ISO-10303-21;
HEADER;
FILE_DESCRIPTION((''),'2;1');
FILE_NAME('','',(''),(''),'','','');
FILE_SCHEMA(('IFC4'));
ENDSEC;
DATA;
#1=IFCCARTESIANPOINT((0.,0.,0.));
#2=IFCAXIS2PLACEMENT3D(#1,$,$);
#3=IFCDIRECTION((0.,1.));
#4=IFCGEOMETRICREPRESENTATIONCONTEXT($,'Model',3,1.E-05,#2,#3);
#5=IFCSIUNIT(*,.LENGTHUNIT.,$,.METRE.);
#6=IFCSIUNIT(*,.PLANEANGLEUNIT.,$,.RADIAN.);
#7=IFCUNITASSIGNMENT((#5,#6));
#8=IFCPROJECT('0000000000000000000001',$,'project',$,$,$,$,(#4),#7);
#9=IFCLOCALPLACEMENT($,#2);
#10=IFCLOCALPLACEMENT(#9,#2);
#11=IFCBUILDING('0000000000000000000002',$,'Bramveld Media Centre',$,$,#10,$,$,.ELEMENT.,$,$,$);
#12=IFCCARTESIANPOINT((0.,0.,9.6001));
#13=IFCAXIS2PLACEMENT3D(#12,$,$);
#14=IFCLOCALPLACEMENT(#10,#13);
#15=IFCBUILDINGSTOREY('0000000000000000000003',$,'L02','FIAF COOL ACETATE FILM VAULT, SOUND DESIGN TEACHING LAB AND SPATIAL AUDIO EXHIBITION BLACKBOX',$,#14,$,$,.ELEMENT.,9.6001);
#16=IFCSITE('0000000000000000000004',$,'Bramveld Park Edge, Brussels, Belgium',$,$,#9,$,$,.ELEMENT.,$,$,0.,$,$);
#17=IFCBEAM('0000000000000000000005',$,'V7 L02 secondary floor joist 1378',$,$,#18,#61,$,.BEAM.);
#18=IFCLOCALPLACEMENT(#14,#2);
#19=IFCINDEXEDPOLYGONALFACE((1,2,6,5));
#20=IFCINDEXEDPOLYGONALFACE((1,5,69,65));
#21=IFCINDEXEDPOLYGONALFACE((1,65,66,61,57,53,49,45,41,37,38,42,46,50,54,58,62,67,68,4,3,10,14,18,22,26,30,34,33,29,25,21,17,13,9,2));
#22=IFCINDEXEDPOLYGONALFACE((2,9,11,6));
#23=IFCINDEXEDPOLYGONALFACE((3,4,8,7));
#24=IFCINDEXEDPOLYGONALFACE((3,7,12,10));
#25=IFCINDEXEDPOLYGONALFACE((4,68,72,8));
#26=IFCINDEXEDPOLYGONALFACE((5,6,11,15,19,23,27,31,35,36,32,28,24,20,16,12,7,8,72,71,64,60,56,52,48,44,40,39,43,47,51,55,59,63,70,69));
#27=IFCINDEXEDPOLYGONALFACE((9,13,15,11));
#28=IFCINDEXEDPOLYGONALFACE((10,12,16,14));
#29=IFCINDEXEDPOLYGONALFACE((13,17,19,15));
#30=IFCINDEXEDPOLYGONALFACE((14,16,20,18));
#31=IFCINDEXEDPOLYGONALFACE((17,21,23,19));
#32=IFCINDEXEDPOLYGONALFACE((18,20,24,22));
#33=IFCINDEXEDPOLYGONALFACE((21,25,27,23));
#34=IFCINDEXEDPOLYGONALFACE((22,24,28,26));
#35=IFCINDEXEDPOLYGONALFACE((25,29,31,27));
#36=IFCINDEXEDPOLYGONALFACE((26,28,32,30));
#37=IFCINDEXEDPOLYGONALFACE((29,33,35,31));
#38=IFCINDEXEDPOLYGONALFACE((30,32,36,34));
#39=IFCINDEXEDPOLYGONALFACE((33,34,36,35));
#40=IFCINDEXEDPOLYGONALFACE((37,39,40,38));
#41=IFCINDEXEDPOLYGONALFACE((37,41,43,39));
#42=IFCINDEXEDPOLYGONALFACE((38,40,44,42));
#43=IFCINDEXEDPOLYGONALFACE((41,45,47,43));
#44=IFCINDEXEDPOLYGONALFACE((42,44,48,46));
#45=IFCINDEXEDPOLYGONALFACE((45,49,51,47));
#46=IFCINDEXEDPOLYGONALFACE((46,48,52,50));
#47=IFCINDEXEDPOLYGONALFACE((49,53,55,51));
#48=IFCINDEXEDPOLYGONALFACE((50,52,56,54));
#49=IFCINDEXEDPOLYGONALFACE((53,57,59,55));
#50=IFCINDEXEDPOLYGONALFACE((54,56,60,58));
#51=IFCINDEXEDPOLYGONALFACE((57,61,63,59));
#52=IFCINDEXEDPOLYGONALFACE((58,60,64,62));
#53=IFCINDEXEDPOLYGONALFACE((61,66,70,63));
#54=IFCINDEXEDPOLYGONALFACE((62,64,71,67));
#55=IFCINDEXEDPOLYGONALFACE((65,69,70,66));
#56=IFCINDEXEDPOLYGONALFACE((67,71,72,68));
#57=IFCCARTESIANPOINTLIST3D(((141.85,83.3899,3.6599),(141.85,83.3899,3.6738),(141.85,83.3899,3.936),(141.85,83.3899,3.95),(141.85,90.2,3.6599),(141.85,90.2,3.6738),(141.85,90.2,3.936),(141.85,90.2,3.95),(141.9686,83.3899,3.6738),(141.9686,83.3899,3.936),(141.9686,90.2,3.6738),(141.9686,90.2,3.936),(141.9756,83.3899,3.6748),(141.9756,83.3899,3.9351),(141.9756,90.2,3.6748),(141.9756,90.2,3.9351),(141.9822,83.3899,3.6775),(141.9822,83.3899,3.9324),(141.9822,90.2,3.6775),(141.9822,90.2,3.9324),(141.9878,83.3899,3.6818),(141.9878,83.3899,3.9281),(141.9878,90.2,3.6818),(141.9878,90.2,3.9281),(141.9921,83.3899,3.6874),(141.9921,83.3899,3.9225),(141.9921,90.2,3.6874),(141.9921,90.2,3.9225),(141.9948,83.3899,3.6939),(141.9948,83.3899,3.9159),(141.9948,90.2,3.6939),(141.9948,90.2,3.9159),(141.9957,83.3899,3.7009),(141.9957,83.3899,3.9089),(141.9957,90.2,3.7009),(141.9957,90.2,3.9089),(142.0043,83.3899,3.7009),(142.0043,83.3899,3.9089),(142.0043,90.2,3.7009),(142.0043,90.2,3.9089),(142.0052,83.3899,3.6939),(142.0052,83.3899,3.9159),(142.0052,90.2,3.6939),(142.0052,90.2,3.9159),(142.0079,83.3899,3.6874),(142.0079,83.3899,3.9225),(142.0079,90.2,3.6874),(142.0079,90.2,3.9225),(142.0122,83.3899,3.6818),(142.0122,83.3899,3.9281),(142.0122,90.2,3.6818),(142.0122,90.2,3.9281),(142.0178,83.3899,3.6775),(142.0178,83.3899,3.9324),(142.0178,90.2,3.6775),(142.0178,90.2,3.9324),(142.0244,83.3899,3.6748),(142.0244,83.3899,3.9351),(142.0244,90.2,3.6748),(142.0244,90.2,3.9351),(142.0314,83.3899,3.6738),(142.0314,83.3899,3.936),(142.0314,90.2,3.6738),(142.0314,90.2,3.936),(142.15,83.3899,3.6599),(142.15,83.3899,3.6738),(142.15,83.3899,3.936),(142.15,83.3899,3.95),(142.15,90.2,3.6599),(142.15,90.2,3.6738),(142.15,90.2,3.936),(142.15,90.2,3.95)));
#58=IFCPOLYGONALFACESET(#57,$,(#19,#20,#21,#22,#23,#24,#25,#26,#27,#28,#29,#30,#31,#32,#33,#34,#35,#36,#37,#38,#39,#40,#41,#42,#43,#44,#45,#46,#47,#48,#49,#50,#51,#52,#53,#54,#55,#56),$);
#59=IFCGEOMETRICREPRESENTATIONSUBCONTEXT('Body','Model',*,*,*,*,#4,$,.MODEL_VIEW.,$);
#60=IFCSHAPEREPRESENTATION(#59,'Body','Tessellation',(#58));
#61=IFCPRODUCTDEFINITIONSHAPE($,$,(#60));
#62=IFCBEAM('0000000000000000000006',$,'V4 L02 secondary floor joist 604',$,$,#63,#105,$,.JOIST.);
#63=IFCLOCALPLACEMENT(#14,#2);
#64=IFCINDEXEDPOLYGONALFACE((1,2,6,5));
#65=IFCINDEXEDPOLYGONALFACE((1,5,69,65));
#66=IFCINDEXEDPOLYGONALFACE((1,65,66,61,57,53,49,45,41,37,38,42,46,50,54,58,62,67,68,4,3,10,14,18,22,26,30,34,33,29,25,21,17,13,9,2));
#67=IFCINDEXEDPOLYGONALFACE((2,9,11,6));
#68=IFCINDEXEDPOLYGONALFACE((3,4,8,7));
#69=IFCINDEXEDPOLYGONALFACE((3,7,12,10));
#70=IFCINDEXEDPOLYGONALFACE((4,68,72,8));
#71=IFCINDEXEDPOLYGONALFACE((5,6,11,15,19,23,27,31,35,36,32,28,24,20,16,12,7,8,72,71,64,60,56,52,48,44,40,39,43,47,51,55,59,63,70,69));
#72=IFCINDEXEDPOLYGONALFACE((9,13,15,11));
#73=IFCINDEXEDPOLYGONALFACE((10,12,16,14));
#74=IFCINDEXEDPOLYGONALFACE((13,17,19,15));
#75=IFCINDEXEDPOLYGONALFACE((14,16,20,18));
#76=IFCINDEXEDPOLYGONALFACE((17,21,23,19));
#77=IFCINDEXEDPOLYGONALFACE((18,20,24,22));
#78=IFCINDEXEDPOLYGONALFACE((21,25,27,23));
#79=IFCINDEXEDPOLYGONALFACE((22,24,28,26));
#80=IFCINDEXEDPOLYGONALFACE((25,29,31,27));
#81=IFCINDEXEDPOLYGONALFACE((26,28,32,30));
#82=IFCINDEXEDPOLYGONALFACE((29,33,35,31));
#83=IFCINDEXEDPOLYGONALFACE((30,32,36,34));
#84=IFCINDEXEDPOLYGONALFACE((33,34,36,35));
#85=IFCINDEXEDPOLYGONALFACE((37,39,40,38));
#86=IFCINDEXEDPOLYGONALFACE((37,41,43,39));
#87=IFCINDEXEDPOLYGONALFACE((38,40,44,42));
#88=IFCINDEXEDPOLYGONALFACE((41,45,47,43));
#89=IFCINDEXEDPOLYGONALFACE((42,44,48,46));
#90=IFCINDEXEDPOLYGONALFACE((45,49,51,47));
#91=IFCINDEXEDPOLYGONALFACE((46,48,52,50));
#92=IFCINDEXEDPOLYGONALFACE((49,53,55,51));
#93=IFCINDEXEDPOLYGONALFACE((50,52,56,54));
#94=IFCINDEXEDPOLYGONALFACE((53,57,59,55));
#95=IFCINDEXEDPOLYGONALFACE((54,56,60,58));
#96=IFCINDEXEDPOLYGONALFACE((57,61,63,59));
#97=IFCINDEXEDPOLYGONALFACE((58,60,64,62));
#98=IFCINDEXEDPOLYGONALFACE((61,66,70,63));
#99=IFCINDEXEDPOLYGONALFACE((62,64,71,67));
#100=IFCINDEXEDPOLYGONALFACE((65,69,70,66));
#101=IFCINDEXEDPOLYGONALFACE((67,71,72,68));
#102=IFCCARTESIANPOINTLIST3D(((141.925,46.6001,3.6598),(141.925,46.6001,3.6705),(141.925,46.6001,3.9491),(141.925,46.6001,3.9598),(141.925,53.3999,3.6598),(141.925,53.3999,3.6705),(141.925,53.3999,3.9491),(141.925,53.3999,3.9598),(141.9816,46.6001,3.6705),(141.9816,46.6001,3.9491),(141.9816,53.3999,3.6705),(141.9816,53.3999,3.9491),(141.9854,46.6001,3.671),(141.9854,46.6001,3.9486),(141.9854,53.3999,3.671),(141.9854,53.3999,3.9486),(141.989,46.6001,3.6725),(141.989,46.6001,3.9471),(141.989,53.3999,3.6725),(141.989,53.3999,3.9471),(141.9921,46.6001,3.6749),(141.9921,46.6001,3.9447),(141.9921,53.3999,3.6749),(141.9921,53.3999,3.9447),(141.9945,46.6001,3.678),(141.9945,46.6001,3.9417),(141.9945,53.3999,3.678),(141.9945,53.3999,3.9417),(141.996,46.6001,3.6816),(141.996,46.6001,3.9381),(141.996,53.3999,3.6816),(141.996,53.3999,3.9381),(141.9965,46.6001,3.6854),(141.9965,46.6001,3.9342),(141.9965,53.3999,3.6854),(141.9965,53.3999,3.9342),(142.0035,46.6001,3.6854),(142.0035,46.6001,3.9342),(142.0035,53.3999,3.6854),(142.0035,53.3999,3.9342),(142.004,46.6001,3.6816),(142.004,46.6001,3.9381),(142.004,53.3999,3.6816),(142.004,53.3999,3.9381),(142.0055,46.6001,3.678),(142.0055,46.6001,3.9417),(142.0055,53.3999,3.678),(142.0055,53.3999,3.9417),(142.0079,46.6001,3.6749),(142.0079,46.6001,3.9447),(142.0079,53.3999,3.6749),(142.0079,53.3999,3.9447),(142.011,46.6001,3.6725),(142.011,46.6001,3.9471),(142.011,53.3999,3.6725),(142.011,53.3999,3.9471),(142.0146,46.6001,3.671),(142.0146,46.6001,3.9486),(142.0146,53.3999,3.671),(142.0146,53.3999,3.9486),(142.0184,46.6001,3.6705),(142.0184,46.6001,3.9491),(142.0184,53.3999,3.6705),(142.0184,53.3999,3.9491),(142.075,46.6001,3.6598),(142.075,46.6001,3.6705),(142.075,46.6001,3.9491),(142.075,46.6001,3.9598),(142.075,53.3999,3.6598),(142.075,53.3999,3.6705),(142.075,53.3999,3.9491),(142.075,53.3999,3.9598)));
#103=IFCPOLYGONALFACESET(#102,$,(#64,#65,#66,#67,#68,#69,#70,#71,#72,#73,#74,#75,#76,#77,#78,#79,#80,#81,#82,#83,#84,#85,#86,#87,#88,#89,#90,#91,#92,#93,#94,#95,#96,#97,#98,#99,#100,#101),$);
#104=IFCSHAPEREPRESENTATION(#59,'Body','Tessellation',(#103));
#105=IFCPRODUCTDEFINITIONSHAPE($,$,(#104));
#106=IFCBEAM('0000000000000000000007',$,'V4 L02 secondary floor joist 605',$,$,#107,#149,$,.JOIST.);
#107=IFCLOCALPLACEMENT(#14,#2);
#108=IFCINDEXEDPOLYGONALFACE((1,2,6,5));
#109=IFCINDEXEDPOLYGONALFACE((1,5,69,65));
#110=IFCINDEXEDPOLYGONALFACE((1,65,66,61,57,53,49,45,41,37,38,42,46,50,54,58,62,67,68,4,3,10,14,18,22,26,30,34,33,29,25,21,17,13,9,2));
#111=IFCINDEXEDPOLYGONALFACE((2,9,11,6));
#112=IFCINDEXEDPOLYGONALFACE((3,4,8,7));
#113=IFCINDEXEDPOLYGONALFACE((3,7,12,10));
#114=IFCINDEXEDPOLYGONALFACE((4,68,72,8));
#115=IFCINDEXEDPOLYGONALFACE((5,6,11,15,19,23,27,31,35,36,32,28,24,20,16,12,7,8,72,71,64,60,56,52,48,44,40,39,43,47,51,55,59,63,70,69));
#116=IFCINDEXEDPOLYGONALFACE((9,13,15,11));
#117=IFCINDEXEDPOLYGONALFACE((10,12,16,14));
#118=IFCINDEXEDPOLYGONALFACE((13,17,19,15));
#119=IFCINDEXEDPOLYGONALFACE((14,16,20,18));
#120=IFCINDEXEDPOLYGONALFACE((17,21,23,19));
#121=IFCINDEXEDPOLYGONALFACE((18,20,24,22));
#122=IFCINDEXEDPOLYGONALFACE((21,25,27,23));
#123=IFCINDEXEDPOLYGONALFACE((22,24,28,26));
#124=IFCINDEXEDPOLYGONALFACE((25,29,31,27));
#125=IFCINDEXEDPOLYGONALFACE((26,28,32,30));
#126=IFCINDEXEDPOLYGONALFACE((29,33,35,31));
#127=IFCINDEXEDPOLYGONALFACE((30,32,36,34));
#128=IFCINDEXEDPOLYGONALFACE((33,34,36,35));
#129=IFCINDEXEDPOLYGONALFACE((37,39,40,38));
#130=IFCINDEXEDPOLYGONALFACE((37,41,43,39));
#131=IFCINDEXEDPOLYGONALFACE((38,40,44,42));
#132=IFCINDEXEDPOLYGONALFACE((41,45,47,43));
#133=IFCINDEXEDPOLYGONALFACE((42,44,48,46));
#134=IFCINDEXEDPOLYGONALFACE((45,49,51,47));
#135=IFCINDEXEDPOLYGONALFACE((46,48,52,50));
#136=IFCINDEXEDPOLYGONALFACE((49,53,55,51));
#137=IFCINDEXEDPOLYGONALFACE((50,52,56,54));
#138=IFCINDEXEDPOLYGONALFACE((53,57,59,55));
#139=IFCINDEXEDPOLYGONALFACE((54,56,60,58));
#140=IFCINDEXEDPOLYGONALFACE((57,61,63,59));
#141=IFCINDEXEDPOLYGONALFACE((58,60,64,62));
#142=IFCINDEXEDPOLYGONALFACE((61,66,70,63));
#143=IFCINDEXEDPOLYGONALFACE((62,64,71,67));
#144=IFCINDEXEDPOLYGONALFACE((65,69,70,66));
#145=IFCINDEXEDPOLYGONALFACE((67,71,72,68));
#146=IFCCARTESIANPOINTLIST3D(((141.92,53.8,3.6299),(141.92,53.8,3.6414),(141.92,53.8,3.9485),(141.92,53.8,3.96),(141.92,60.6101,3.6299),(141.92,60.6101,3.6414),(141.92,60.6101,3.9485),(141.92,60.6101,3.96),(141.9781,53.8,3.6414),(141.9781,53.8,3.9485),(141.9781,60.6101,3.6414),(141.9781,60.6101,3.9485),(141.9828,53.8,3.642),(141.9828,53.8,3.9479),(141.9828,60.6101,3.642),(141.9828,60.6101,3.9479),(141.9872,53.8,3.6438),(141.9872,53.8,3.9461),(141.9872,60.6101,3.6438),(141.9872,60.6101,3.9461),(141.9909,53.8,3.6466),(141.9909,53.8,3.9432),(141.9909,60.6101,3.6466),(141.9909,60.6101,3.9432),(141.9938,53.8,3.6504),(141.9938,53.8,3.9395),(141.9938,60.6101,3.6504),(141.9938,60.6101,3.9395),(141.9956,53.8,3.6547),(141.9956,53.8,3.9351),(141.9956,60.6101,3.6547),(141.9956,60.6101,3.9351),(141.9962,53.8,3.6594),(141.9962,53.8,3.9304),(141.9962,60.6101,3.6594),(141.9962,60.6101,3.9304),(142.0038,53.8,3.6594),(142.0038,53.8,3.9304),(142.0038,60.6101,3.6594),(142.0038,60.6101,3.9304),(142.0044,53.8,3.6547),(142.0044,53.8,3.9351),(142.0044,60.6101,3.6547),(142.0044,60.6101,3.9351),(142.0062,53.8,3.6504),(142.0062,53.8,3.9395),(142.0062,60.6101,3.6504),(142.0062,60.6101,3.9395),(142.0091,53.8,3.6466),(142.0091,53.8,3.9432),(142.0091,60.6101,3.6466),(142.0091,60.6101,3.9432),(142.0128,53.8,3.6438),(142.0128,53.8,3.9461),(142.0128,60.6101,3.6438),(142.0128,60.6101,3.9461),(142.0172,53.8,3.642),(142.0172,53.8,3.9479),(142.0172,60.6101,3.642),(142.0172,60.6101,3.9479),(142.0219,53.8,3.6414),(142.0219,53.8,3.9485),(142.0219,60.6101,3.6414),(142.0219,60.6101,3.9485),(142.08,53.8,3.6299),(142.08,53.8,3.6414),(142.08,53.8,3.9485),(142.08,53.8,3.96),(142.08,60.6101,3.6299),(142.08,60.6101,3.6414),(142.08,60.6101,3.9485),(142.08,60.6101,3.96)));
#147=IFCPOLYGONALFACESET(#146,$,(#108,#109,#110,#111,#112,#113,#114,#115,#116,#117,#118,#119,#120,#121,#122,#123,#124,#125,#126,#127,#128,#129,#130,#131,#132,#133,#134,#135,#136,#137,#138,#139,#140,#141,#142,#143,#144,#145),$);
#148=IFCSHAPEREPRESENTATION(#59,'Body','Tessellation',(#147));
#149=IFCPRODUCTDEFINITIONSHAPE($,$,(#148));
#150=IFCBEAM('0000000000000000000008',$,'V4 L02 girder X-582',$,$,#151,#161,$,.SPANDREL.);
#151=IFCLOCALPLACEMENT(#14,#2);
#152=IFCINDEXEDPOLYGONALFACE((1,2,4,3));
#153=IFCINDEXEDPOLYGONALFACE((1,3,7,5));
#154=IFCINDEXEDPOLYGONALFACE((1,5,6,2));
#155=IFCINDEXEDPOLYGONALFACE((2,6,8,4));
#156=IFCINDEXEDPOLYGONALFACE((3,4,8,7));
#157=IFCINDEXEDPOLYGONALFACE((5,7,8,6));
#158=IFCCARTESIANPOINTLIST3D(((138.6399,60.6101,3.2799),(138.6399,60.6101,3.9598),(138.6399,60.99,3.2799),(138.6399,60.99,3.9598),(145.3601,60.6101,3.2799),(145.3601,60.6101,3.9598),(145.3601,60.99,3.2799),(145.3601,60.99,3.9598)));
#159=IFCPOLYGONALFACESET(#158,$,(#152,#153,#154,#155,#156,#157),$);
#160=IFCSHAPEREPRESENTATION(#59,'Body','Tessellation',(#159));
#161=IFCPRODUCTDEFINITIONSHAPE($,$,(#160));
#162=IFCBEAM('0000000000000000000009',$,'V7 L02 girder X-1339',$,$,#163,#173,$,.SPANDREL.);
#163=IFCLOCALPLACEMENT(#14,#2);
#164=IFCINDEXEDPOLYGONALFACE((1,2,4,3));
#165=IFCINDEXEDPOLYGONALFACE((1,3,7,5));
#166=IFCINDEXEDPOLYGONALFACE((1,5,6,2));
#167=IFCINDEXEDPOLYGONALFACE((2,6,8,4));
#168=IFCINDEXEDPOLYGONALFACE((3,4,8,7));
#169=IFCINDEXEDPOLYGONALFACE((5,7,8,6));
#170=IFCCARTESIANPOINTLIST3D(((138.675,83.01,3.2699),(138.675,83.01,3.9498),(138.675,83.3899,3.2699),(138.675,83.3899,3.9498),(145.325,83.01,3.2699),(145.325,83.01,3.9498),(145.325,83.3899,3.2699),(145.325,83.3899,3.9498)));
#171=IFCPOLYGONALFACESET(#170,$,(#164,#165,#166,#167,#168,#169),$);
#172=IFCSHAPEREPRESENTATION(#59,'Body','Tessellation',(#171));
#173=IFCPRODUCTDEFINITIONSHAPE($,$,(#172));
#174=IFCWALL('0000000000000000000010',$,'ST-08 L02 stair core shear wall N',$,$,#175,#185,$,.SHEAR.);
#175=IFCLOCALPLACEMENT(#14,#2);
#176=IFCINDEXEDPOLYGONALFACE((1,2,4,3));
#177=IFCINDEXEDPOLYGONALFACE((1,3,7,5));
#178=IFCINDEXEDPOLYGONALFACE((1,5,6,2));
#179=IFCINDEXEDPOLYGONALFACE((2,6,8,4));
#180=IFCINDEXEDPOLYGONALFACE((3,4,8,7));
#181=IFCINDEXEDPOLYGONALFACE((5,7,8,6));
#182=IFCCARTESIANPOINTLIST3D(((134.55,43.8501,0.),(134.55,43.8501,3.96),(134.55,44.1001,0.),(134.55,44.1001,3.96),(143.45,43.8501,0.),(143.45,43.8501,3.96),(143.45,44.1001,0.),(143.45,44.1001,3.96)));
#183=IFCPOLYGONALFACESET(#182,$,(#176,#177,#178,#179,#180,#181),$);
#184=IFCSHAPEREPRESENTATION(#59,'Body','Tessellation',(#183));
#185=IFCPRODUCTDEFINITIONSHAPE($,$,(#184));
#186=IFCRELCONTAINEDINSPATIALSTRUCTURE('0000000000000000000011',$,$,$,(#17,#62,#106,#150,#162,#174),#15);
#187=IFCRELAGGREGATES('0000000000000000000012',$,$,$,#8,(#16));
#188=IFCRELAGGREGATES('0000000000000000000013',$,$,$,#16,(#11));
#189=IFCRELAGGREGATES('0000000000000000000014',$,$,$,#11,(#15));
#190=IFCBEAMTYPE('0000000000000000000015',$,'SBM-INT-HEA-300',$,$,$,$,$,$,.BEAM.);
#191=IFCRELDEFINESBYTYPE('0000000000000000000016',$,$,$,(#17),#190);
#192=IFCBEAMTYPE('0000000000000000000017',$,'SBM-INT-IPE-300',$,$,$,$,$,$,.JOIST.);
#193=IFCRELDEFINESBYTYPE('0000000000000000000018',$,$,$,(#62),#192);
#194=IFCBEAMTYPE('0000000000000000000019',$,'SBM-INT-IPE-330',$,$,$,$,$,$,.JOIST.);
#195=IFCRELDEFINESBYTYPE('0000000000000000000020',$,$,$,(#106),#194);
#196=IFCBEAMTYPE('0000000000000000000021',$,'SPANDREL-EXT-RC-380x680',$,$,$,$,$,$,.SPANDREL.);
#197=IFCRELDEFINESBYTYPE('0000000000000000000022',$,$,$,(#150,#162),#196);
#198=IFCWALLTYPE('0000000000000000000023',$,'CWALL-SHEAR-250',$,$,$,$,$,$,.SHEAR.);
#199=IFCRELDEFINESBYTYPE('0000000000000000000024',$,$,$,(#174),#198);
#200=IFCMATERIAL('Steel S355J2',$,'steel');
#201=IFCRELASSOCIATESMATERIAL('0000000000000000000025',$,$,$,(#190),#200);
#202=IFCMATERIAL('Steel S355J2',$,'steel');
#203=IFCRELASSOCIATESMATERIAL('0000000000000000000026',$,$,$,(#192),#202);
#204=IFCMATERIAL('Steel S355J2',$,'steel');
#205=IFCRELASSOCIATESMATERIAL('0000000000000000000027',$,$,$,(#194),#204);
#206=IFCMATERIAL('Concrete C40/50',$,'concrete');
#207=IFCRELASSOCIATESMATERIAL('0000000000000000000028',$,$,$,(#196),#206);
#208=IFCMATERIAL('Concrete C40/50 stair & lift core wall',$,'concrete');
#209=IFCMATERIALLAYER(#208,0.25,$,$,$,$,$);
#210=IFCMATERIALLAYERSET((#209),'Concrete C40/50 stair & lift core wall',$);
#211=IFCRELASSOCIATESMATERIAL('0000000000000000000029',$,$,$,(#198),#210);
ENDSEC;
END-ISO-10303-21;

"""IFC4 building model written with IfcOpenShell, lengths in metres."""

from ifc_helpers import new_model, si_unit, direction, frame, frame_2d, origin, origin_2d, place, context, subcontext, project, spatial, rectangle, i_section, extrude, material, layer, layer_set, material_profile, profile_set, type_object, element, save


model = new_model("IFC4")

# Units and contexts
model_context = context("Model", 3, precision=1e-05, world=origin(), true_north=direction((0.0, 1.0)))
body_context = subcontext(model_context, "Body", "Model", "MODEL_VIEW")
ifc_project = project(units=[si_unit("LENGTHUNIT", "METRE"), si_unit("PLANEANGLEUNIT", "RADIAN")], contexts=[model_context])

# Site, building, storey
site_placement = place(None, origin())
site = spatial("IfcSite", under=ifc_project, at=site_placement, Name="Bramveld Park Edge, Brussels, Belgium", CompositionType="ELEMENT", RefElevation=0.0)
building_placement = place(site_placement, origin())
building = spatial("IfcBuilding", under=site, at=building_placement, Name="Bramveld Media Centre", CompositionType="ELEMENT")
storey_placement = place(building_placement, frame((0.0, 0.0, 9.6001)))
storey = spatial("IfcBuildingStorey", under=building, at=storey_placement, Name="L02", Description="FIAF COOL ACETATE FILM VAULT, SOUND DESIGN TEACHING LAB AND SPATIAL AUDIO EXHIBITION BLACKBOX", CompositionType="ELEMENT", Elevation=9.6001)

# Beams
ifc_material_1 = material(Name="Steel S355J2", Category="steel")
ifc_material_profile_1 = material_profile(ifc_material_1, i_section(OverallWidth=0.3, OverallDepth=0.29, WebThickness=0.0085, FlangeThickness=0.0139, FilletRadius=0.0271, at=origin_2d()), Name="HEA 300")
ifc_profile_set_1 = profile_set([ifc_material_profile_1], Name="Steel S355J2")
beam_type_1 = type_object("IfcBeamType", Name="SBM-INT-HEA-300", PredefinedType="BEAM", material=ifc_profile_set_1)
beam_1_placement = place(storey_placement, frame((142.0, 83.3899, 3.8049), z_axis=(0.0, 1.0, 0.0), x_axis=(-1.0, 0.0, 0.0)))
element("IfcBeam", 1, at=beam_1_placement, inside=storey, type_object=beam_type_1, Name="V7 L02 secondary floor joist 1378", PredefinedType="BEAM", context=body_context, shape_type="SweptSolid", body=[
    extrude(i_section(OverallWidth=0.3, OverallDepth=0.29, WebThickness=0.0085, FlangeThickness=0.0139, FilletRadius=0.0271, at=origin_2d()), origin(), (0.0, 0.0, 1.0), 6.8101),
])
ifc_material_2 = material(Name="Steel S355J2", Category="steel")
ifc_material_profile_2 = material_profile(ifc_material_2, i_section(OverallWidth=0.1499, OverallDepth=0.3, WebThickness=0.0071, FlangeThickness=0.0107, FilletRadius=0.0149, at=origin_2d()), Name="IPE 300")
ifc_profile_set_2 = profile_set([ifc_material_profile_2], Name="Steel S355J2")
beam_type_2 = type_object("IfcBeamType", Name="SBM-INT-IPE-300", PredefinedType="JOIST", material=ifc_profile_set_2)
beam_2_placement = place(storey_placement, frame((142.0, 46.6001, 3.8098), z_axis=(0.0, 1.0, 0.0), x_axis=(-1.0, 0.0, 0.0)))
element("IfcBeam", 2, at=beam_2_placement, inside=storey, type_object=beam_type_2, Name="V4 L02 secondary floor joist 604", PredefinedType="JOIST", context=body_context, shape_type="SweptSolid", body=[
    extrude(i_section(OverallWidth=0.1499, OverallDepth=0.3, WebThickness=0.0071, FlangeThickness=0.0107, FilletRadius=0.0149, at=origin_2d()), origin(), (0.0, 0.0, 1.0), 6.7998),
])
ifc_material_3 = material(Name="Steel S355J2", Category="steel")
ifc_material_profile_3 = material_profile(ifc_material_3, i_section(OverallWidth=0.1599, OverallDepth=0.3301, WebThickness=0.0076, FlangeThickness=0.0115, FilletRadius=0.0181, at=origin_2d()), Name="IPE 330")
ifc_profile_set_3 = profile_set([ifc_material_profile_3], Name="Steel S355J2")
beam_type_3 = type_object("IfcBeamType", Name="SBM-INT-IPE-330", PredefinedType="JOIST", material=ifc_profile_set_3)
beam_3_placement = place(storey_placement, frame((142.0, 53.8, 3.7949), z_axis=(0.0, 1.0, 0.0), x_axis=(-1.0, 0.0, 0.0)))
element("IfcBeam", 3, at=beam_3_placement, inside=storey, type_object=beam_type_3, Name="V4 L02 secondary floor joist 605", PredefinedType="JOIST", context=body_context, shape_type="SweptSolid", body=[
    extrude(i_section(OverallWidth=0.1599, OverallDepth=0.3301, WebThickness=0.0076, FlangeThickness=0.0115, FilletRadius=0.0181, at=origin_2d()), origin(), (0.0, 0.0, 1.0), 6.8101),
])
ifc_material_4 = material(Name="Concrete C40/50", Category="concrete")
ifc_material_profile_4 = material_profile(ifc_material_4, rectangle(XDim=0.3799, YDim=0.6799, at=origin_2d()), Name="RC 380x680")
ifc_profile_set_4 = profile_set([ifc_material_profile_4], Name="Concrete C40/50")
beam_type_4 = type_object("IfcBeamType", Name="SPANDREL-EXT-RC-380x680", PredefinedType="SPANDREL", material=ifc_profile_set_4)
beam_4_placement = place(storey_placement, frame((138.6399, 60.8, 3.6199), z_axis=(1.0, 0.0, 0.0), x_axis=(0.0, 1.0, 0.0)))
element("IfcBeam", 4, at=beam_4_placement, inside=storey, type_object=beam_type_4, Name="V4 L02 girder X-582", PredefinedType="SPANDREL", context=body_context, shape_type="SweptSolid", body=[
    extrude(rectangle(XDim=0.3799, YDim=0.6799, at=origin_2d()), origin(), (0.0, 0.0, 1.0), 6.7202),
])
beam_5_placement = place(storey_placement, frame((138.675, 83.2, 3.6099), z_axis=(1.0, 0.0, 0.0), x_axis=(0.0, 1.0, 0.0)))
element("IfcBeam", 5, at=beam_5_placement, inside=storey, type_object=beam_type_4, Name="V7 L02 girder X-1339", PredefinedType="SPANDREL", context=body_context, shape_type="SweptSolid", body=[
    extrude(rectangle(XDim=0.3799, YDim=0.6799, at=origin_2d()), origin(), (0.0, 0.0, 1.0), 6.6499),
])

# Wall
ifc_material_5 = material(Name="Concrete C40/50 stair & lift core wall", Category="concrete")
ifc_layer_1 = layer(ifc_material_5, 0.25)
ifc_layer_set_1 = layer_set([ifc_layer_1], Name="Concrete C40/50 stair & lift core wall")
wall_type_1 = type_object("IfcWallType", Name="CWALL-SHEAR-250", PredefinedType="SHEAR", material=ifc_layer_set_1)
wall_1_placement = place(storey_placement, frame((143.45, 43.9751, 0.0), z_axis=(0.0, 0.0, 1.0), x_axis=(-1.0, 0.0, 0.0)))
element("IfcWall", 6, at=wall_1_placement, inside=storey, type_object=wall_type_1, Name="ST-08 L02 stair core shear wall N", PredefinedType="SHEAR", context=body_context, shape_type="SweptSolid", body=[
    extrude(rectangle(XDim=8.8999, YDim=0.25, at=frame_2d((4.45, 0.0))), origin(), (0.0, 0.0, 1.0), 3.96),
])

save(model, "model.ifc")
